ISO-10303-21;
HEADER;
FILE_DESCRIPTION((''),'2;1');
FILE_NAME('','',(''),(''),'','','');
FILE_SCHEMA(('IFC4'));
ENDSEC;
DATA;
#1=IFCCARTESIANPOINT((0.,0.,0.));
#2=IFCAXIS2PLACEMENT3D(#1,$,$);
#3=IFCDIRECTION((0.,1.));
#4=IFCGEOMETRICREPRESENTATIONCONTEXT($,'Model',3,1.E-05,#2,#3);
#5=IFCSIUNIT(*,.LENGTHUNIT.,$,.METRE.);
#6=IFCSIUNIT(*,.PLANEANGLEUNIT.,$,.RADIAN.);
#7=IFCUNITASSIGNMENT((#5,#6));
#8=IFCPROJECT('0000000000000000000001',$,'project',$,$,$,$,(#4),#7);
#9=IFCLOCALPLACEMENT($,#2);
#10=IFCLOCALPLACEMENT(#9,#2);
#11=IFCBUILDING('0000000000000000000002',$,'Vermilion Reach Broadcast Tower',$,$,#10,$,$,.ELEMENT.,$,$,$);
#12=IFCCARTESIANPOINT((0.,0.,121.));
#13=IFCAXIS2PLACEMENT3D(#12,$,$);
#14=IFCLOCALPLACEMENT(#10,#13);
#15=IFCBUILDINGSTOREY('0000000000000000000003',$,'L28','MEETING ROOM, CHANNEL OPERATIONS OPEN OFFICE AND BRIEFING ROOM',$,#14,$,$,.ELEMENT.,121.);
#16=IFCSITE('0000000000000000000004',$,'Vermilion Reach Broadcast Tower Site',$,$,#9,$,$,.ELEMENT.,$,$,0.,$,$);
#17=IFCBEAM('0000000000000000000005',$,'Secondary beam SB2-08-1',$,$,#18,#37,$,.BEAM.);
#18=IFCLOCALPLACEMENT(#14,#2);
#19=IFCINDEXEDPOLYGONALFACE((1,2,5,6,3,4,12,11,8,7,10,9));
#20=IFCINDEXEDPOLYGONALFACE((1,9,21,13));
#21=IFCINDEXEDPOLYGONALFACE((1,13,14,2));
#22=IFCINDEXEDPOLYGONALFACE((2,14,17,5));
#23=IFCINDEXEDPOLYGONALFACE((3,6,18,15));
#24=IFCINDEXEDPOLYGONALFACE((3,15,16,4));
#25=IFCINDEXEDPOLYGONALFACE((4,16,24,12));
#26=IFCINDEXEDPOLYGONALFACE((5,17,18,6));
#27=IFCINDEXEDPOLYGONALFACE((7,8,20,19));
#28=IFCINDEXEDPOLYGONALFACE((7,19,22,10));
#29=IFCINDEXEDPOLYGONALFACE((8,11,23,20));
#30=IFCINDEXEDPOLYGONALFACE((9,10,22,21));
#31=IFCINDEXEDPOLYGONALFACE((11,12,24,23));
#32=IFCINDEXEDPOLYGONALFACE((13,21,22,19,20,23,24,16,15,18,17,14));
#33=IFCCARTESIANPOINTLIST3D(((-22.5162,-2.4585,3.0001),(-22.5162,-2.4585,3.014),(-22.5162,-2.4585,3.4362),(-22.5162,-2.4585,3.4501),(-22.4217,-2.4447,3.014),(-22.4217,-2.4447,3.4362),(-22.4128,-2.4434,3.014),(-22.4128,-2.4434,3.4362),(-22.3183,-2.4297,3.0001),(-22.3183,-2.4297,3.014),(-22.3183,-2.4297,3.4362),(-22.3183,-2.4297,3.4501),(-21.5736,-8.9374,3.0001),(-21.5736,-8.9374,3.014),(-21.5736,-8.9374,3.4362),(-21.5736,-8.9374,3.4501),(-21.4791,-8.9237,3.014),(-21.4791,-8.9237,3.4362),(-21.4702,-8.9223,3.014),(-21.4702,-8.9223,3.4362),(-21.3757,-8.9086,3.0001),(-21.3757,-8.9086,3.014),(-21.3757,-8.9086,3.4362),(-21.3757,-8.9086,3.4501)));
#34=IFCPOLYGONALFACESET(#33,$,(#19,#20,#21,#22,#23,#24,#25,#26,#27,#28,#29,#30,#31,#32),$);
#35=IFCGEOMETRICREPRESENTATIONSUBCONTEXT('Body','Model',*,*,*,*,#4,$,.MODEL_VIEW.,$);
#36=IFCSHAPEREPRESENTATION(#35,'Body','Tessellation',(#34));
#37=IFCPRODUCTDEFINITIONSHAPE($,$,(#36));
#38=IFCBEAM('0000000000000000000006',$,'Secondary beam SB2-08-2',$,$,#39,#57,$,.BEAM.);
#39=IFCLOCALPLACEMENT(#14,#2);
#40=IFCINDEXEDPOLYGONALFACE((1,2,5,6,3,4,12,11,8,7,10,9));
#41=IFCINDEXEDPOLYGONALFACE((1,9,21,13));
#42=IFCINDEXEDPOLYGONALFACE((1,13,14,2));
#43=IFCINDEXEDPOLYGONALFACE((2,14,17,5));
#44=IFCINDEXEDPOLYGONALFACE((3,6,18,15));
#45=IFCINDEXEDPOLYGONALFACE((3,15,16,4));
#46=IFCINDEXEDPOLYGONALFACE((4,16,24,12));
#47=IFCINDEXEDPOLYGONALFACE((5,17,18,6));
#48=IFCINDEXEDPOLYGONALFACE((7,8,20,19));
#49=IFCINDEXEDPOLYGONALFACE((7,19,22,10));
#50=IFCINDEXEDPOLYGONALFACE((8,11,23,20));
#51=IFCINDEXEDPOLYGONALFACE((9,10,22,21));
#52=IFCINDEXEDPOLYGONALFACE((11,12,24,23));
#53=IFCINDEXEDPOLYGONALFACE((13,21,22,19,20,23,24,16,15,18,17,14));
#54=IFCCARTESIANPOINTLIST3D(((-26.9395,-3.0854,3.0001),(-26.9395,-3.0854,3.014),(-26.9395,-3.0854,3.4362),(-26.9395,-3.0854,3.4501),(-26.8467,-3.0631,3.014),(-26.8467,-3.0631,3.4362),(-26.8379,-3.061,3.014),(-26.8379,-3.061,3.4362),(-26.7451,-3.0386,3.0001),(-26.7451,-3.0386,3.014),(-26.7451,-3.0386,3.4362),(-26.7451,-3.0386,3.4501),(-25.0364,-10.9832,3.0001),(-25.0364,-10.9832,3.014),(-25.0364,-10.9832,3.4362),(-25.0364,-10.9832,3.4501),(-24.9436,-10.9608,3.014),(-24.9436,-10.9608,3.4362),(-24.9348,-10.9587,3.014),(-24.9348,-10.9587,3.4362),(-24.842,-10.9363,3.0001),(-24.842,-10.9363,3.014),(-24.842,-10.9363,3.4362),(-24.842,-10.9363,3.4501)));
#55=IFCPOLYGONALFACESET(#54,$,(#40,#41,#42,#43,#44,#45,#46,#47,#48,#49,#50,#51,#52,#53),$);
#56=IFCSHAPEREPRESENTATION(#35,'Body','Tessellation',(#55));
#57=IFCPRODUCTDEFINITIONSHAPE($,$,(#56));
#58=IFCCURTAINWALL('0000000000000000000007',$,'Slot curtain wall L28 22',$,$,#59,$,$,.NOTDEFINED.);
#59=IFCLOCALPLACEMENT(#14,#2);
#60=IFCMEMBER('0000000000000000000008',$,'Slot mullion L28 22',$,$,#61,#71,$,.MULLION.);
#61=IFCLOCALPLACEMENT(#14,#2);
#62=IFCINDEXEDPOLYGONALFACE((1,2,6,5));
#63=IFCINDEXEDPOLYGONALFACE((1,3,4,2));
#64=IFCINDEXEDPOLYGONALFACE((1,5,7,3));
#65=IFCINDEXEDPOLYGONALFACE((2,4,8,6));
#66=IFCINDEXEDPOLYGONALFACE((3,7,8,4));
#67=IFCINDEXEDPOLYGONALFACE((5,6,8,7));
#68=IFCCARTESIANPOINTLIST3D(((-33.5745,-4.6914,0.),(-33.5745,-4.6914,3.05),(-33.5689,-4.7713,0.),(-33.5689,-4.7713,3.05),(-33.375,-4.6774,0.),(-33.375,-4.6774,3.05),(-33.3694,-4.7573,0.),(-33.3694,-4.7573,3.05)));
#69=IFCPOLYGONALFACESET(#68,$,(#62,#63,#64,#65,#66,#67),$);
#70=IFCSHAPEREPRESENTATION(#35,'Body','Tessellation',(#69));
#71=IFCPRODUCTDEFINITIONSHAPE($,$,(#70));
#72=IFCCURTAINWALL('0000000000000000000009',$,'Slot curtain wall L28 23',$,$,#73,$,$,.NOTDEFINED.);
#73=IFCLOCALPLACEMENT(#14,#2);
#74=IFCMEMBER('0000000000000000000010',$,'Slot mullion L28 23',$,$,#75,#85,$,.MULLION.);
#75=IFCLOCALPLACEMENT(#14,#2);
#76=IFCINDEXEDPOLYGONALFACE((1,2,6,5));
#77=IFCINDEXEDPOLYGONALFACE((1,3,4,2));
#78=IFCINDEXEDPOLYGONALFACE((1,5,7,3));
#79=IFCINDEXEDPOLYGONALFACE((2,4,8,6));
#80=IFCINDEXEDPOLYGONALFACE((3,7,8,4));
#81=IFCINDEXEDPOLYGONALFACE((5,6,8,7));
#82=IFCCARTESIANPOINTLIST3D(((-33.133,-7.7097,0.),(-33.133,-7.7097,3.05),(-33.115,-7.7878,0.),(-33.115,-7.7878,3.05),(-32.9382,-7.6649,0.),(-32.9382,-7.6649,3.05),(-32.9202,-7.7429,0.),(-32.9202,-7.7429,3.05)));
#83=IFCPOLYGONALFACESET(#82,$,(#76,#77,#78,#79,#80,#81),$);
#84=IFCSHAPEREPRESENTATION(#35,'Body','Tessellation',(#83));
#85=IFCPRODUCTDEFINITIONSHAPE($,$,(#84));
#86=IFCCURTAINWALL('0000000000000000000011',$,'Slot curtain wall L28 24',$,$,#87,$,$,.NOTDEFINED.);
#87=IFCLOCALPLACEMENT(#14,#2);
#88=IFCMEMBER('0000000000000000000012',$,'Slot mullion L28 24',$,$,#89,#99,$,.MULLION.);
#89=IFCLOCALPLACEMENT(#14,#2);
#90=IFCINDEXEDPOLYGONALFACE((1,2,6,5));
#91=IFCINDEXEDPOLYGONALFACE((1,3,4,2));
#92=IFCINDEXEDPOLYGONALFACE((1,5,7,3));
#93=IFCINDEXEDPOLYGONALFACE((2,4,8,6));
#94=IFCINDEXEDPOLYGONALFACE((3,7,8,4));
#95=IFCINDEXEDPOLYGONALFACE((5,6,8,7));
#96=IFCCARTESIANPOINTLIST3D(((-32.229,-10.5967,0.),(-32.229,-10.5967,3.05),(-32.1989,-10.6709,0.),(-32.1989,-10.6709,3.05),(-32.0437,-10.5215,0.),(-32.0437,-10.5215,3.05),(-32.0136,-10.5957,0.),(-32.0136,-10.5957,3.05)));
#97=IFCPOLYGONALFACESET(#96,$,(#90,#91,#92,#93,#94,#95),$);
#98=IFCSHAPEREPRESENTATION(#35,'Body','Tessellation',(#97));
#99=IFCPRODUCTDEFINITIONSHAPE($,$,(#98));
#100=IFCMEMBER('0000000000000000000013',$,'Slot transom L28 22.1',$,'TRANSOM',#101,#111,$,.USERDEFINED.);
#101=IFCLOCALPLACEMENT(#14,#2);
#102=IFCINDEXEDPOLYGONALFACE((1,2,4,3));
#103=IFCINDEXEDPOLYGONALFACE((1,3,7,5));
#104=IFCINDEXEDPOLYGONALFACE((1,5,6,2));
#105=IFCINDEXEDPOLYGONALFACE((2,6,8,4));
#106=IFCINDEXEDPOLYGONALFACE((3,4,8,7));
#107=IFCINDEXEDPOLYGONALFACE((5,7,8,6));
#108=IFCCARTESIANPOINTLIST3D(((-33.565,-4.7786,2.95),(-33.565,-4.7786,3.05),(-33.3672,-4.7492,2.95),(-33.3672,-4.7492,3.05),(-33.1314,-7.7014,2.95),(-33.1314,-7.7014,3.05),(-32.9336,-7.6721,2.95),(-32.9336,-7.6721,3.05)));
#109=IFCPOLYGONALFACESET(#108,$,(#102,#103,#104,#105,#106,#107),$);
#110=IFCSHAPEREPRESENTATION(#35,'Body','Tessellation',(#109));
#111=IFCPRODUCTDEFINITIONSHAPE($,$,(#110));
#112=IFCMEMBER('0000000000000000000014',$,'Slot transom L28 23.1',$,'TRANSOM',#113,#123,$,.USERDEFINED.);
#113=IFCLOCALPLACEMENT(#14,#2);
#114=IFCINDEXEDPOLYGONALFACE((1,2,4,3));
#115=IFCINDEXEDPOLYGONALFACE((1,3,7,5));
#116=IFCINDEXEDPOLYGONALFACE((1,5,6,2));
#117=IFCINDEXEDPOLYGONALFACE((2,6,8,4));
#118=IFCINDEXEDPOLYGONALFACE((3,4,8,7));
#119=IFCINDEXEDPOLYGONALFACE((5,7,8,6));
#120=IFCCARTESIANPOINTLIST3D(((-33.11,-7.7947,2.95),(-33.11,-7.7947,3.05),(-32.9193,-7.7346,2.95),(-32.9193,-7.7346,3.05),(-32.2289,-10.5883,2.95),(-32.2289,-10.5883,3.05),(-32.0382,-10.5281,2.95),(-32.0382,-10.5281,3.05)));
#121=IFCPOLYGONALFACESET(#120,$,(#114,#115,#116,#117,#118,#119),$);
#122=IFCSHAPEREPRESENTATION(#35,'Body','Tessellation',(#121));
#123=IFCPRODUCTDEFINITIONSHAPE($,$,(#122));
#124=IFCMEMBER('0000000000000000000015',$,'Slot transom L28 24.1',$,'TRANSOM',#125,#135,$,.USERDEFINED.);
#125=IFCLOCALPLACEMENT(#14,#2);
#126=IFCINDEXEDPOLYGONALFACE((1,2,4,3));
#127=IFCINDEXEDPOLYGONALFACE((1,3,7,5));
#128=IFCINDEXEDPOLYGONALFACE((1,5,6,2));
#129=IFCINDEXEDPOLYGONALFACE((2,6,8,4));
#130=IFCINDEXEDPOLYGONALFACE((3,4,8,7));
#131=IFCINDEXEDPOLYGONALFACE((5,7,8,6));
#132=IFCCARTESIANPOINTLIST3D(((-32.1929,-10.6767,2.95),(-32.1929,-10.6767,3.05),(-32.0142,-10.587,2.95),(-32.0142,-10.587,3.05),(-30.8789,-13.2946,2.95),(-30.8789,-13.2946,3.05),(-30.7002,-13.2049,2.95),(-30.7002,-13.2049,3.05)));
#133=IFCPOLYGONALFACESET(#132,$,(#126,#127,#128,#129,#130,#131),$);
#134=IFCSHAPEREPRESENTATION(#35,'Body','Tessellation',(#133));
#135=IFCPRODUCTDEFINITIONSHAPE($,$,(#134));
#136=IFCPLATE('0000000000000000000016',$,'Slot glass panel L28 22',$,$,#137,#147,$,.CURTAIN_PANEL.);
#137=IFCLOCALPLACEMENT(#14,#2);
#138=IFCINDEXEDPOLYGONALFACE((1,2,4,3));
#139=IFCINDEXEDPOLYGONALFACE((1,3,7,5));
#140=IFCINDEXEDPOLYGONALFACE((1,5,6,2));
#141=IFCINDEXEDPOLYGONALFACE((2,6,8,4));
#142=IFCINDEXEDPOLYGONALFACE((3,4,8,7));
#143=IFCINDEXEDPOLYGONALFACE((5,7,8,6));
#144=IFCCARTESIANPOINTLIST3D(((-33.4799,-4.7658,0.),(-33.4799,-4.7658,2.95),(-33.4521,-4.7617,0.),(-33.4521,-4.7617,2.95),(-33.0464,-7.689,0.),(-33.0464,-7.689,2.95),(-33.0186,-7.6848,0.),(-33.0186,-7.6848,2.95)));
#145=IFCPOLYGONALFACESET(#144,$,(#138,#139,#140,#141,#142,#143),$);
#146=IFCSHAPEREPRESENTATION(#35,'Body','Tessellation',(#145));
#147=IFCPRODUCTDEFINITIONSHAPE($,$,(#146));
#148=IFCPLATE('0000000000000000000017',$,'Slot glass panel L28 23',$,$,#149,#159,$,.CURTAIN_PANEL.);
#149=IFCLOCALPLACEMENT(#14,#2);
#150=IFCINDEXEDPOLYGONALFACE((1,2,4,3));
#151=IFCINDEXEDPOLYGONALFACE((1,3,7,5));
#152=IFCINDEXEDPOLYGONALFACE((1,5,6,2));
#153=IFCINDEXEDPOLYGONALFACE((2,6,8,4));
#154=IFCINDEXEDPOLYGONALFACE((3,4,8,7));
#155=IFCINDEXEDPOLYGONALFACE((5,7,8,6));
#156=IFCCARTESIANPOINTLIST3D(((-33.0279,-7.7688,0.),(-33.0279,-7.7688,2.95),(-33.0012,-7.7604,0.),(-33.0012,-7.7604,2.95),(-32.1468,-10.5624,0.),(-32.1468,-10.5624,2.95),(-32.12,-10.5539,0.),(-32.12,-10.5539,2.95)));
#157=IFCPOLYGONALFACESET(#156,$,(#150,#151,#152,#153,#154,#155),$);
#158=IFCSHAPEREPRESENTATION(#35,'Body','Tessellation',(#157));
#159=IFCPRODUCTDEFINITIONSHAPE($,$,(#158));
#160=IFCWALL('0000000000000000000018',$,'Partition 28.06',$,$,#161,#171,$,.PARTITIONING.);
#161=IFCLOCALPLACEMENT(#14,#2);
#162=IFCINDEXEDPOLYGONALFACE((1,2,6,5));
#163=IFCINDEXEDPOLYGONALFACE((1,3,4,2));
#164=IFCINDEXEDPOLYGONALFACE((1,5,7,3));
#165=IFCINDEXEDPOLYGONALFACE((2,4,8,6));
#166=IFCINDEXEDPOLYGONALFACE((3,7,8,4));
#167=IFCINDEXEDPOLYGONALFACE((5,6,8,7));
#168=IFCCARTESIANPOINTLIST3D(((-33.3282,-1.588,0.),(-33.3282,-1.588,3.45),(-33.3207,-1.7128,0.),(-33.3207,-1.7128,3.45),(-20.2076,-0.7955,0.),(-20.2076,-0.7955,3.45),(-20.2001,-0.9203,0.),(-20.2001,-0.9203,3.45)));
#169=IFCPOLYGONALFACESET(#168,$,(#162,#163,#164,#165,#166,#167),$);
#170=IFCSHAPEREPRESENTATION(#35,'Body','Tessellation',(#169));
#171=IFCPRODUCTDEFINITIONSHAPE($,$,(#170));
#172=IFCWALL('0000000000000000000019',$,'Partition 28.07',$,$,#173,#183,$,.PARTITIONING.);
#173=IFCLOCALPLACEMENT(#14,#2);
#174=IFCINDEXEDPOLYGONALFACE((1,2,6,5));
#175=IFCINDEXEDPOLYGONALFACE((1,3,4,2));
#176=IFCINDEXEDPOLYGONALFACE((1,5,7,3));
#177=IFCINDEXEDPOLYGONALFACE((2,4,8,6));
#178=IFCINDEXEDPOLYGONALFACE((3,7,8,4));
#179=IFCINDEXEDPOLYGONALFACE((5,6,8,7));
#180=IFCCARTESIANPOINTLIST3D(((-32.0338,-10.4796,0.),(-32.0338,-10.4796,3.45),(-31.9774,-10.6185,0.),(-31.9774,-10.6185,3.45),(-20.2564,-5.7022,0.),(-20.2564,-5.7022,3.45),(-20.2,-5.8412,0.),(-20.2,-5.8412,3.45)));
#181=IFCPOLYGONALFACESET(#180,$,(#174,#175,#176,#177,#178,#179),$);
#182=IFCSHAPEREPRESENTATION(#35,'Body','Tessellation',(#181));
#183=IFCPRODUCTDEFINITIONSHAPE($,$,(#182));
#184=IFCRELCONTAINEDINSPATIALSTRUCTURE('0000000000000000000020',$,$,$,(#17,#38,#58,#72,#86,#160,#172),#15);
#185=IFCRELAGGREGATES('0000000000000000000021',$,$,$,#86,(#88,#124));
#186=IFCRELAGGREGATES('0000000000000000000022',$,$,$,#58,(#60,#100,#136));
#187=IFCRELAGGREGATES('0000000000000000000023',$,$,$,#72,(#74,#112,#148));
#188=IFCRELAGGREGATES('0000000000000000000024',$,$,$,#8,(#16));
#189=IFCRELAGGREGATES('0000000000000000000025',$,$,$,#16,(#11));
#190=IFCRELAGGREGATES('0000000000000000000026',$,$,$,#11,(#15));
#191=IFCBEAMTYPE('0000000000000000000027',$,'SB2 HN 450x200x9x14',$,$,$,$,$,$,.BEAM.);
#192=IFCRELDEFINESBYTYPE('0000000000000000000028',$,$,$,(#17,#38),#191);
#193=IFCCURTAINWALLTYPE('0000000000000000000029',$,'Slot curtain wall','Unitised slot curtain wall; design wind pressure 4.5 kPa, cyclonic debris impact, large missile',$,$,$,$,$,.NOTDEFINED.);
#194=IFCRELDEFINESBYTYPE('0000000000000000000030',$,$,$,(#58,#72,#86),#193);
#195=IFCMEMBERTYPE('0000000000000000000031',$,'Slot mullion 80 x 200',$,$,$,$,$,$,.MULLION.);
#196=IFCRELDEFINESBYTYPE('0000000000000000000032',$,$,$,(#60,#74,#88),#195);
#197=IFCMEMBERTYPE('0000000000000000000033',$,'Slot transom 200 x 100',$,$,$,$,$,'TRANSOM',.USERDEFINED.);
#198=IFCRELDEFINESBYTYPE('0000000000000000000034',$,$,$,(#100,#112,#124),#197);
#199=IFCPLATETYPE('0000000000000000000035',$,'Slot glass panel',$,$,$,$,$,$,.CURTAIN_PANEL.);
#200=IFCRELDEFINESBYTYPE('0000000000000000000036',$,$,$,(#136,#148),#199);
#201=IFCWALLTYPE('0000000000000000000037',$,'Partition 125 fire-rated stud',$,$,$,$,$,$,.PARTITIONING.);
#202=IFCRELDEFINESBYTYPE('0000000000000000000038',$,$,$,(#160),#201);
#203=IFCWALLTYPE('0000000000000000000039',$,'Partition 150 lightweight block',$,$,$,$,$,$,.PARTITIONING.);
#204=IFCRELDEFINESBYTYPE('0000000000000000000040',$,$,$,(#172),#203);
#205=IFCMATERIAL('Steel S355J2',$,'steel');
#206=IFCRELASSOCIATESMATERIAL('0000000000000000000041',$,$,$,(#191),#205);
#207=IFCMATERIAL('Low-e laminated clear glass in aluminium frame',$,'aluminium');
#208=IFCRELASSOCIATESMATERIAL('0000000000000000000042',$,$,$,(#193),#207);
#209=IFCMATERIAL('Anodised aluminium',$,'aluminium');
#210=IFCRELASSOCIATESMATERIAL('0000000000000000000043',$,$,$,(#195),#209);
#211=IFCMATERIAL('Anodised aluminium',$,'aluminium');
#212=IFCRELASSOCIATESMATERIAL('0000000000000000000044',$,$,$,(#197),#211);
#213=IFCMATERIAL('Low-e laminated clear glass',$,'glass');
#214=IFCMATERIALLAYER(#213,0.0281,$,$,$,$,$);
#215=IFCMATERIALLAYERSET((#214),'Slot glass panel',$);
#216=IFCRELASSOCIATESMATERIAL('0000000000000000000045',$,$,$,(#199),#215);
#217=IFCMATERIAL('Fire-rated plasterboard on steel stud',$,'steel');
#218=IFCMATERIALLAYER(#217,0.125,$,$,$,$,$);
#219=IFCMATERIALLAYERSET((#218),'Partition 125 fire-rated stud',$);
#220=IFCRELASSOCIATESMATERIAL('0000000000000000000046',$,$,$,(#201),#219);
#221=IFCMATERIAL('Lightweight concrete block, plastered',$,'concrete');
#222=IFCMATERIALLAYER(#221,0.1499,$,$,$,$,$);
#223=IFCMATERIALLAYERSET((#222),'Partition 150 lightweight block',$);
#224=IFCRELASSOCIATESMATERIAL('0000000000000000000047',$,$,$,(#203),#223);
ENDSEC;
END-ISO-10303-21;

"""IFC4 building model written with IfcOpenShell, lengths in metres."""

from ifc_helpers import new_model, si_unit, direction, frame, frame_2d, origin, origin_2d, place, context, subcontext, project, spatial, rectangle, i_section, extrude, material, layer, layer_set, material_profile, profile_set, type_object, element, aggregate, save


model = new_model("IFC4")

# Units and contexts
model_context = context("Model", 3, precision=1e-05, world=origin(), true_north=direction((0.0, 1.0)))
body_context = subcontext(model_context, "Body", "Model", "MODEL_VIEW")
ifc_project = project(units=[si_unit("LENGTHUNIT", "METRE"), si_unit("PLANEANGLEUNIT", "RADIAN")], contexts=[model_context])

# Site, building, storey
site_placement = place(None, origin())
site = spatial("IfcSite", under=ifc_project, at=site_placement, Name="Vermilion Reach Broadcast Tower Site", CompositionType="ELEMENT", RefElevation=0.0)
building_placement = place(site_placement, origin())
building = spatial("IfcBuilding", under=site, at=building_placement, Name="Vermilion Reach Broadcast Tower", CompositionType="ELEMENT")
storey_placement = place(building_placement, frame((0.0, 0.0, 121.0)))
storey = spatial("IfcBuildingStorey", under=building, at=storey_placement, Name="L28", Description="MEETING ROOM, CHANNEL OPERATIONS OPEN OFFICE AND BRIEFING ROOM", CompositionType="ELEMENT", Elevation=121.0)

# Beams
ifc_material_1 = material(Name="Steel S355J2", Category="steel")
ifc_material_profile_1 = material_profile(ifc_material_1, i_section(OverallWidth=0.2, OverallDepth=0.45, WebThickness=0.009, FlangeThickness=0.0139, at=origin_2d()), Name="S355J2 HN 450x200x9x14")
ifc_profile_set_1 = profile_set([ifc_material_profile_1], Name="Steel S355J2")
beam_type_1 = type_object("IfcBeamType", Name="SB2 HN 450x200x9x14", PredefinedType="BEAM", material=ifc_profile_set_1)
beam_1_placement = place(storey_placement, frame((-22.4172, -2.4441, 3.2251), z_axis=(0.143974, -0.989582, 0.0), x_axis=(0.989582, 0.143974, 0.0)))
element("IfcBeam", 1, at=beam_1_placement, inside=storey, type_object=beam_type_1, Name="Secondary beam SB2-08-1", PredefinedType="BEAM", context=body_context, shape_type="SweptSolid", body=[
    extrude(i_section(OverallWidth=0.2, OverallDepth=0.45, WebThickness=0.009, FlangeThickness=0.0139, at=origin_2d()), origin(), (0.0, 0.0, 1.0), 6.5471),
])
beam_2_placement = place(storey_placement, frame((-26.8423, -3.062, 3.2251), z_axis=(0.234261, -0.972174, 0.0), x_axis=(0.972174, 0.234261, 0.0)))
element("IfcBeam", 2, at=beam_2_placement, inside=storey, type_object=beam_type_1, Name="Secondary beam SB2-08-2", PredefinedType="BEAM", context=body_context, shape_type="SweptSolid", body=[
    extrude(i_section(OverallWidth=0.2, OverallDepth=0.45, WebThickness=0.009, FlangeThickness=0.0139, at=origin_2d()), origin(), (0.0, 0.0, 1.0), 8.1238),
])

# Curtain walls, members
ifc_material_2 = material(Name="Low-e laminated clear glass in aluminium frame", Category="aluminium")
curtain_wall_type = type_object("IfcCurtainWallType", Name="Slot curtain wall", Description="Unitised slot curtain wall; design wind pressure 4.5 kPa, cyclonic debris impact, large missile", PredefinedType="NOTDEFINED", material=ifc_material_2)
placement = place(storey_placement, origin())
curtain_wall_1 = element("IfcCurtainWall", 3, at=placement, inside=storey, type_object=curtain_wall_type, Name="Slot curtain wall L28 22", PredefinedType="NOTDEFINED")
ifc_material_3 = material(Name="Anodised aluminium", Category="aluminium")
ifc_material_profile_2 = material_profile(ifc_material_3, rectangle(XDim=0.2, YDim=0.0801, at=origin_2d()), Name="Slot mullion 80 x 200")
ifc_profile_set_2 = profile_set([ifc_material_profile_2], Name="Anodised aluminium")
member_type_1 = type_object("IfcMemberType", Name="Slot mullion 80 x 200", PredefinedType="MULLION", material=ifc_profile_set_2)
member_1_placement = place(storey_placement, frame((-33.4719, -4.7244, 0.0), z_axis=(0.0, 0.0, 1.0), x_axis=(0.997556, 0.069871, 0.0)))
member_1 = element("IfcMember", 4, at=member_1_placement, type_object=member_type_1, Name="Slot mullion L28 22", PredefinedType="MULLION", context=body_context, shape_type="SweptSolid", body=[
    extrude(rectangle(XDim=0.2, YDim=0.0801, at=origin_2d()), origin(), (0.0, 0.0, 1.0), 3.05),
])
curtain_wall_2 = element("IfcCurtainWall", 5, at=placement, inside=storey, type_object=curtain_wall_type, Name="Slot curtain wall L28 23", PredefinedType="NOTDEFINED")
member_2_placement = place(storey_placement, frame((-33.0266, -7.7263, 0.0), z_axis=(0.0, 0.0, 1.0), x_axis=(0.974483, 0.22446, 0.0)))
member_2 = element("IfcMember", 6, at=member_2_placement, type_object=member_type_1, Name="Slot mullion L28 23", PredefinedType="MULLION", context=body_context, shape_type="SweptSolid", body=[
    extrude(rectangle(XDim=0.2, YDim=0.0801, at=origin_2d()), origin(), (0.0, 0.0, 1.0), 3.05),
])
curtain_wall_3 = element("IfcCurtainWall", 7, at=placement, inside=storey, type_object=curtain_wall_type, Name="Slot curtain wall L28 24", PredefinedType="NOTDEFINED")
member_3_placement = place(storey_placement, frame((-32.1213, -10.5962, 0.0), z_axis=(0.0, 0.0, 1.0), x_axis=(0.92666, 0.375901, 0.0)))
member_3 = element("IfcMember", 8, at=member_3_placement, type_object=member_type_1, Name="Slot mullion L28 24", PredefinedType="MULLION", context=body_context, shape_type="SweptSolid", body=[
    extrude(rectangle(XDim=0.2, YDim=0.0801, at=origin_2d()), origin(), (0.0, 0.0, 1.0), 3.05),
])

# Members
ifc_material_4 = material(Name="Anodised aluminium", Category="aluminium")
ifc_material_profile_3 = material_profile(ifc_material_4, rectangle(XDim=0.2, YDim=0.1001, at=origin_2d()), Name="Slot transom 200 x 100")
ifc_profile_set_3 = profile_set([ifc_material_profile_3], Name="Anodised aluminium")
member_type_2 = type_object("IfcMemberType", Name="Slot transom 200 x 100", ElementType="TRANSOM", PredefinedType="USERDEFINED", material=ifc_profile_set_3)
member_4_placement = place(storey_placement, frame((-33.4661, -4.7639, 3.0), z_axis=(0.14674, -0.989175, 0.0), x_axis=(0.989175, 0.14674, 0.0)))
member_4 = element("IfcMember", 9, at=member_4_placement, type_object=member_type_2, Name="Slot transom L28 22.1", ObjectType="TRANSOM", PredefinedType="USERDEFINED", context=body_context, shape_type="SweptSolid", body=[
    extrude(rectangle(XDim=0.2, YDim=0.1001, at=origin_2d()), origin(), (0.0, 0.0, 1.0), 2.9548),
])
member_5_placement = place(storey_placement, frame((-33.0146, -7.7646, 3.0), z_axis=(0.300808, -0.953685, 0.0), x_axis=(0.953685, 0.300808, 0.0)))
member_5 = element("IfcMember", 10, at=member_5_placement, type_object=member_type_2, Name="Slot transom L28 23.1", ObjectType="TRANSOM", PredefinedType="USERDEFINED", context=body_context, shape_type="SweptSolid", body=[
    extrude(rectangle(XDim=0.2, YDim=0.1001, at=origin_2d()), origin(), (0.0, 0.0, 1.0), 2.9292),
])
member_6_placement = place(storey_placement, frame((-32.1035, -10.6318, 3.0), z_axis=(0.44858, -0.893743, 0.0), x_axis=(0.893743, 0.44858, 0.0)))
member_6 = element("IfcMember", 11, at=member_6_placement, type_object=member_type_2, Name="Slot transom L28 24.1", ObjectType="TRANSOM", PredefinedType="USERDEFINED", context=body_context, shape_type="SweptSolid", body=[
    extrude(rectangle(XDim=0.2, YDim=0.1001, at=origin_2d()), origin(), (0.0, 0.0, 1.0), 2.9292),
])
aggregate(curtain_wall_3, [member_3, member_6])

# Plates
ifc_material_5 = material(Name="Low-e laminated clear glass", Category="glass")
ifc_layer_1 = layer(ifc_material_5, 0.0281)
ifc_layer_set_1 = layer_set([ifc_layer_1], Name="Slot glass panel")
plate_type = type_object("IfcPlateType", Name="Slot glass panel", PredefinedType="CURTAIN_PANEL", material=ifc_layer_set_1)
plate_1_placement = place(storey_placement, frame((-33.2493, -6.2253, 0.0), z_axis=(0.0, 0.0, 1.0), x_axis=(0.146695, -0.989182, 0.0)))
plate_1 = element("IfcPlate", 12, at=plate_1_placement, type_object=plate_type, Name="Slot glass panel L28 22", PredefinedType="CURTAIN_PANEL", context=body_context, shape_type="SweptSolid", body=[
    extrude(rectangle(XDim=2.9551, YDim=0.0281, at=origin_2d()), origin(), (0.0, 0.0, 1.0), 2.95),
])
aggregate(curtain_wall_1, [member_1, member_4, plate_1])
plate_2_placement = place(storey_placement, frame((-32.574, -9.1614, 0.0), z_axis=(0.0, 0.0, 1.0), x_axis=(0.300819, -0.953681, 0.0)))
plate_2 = element("IfcPlate", 13, at=plate_2_placement, type_object=plate_type, Name="Slot glass panel L28 23", PredefinedType="CURTAIN_PANEL", context=body_context, shape_type="SweptSolid", body=[
    extrude(rectangle(XDim=2.9292, YDim=0.0281, at=origin_2d()), origin(), (0.0, 0.0, 1.0), 2.95),
])
aggregate(curtain_wall_2, [member_2, member_5, plate_2])

# Walls
ifc_material_6 = material(Name="Fire-rated plasterboard on steel stud", Category="steel")
ifc_layer_2 = layer(ifc_material_6, 0.125)
ifc_layer_set_2 = layer_set([ifc_layer_2], Name="Partition 125 fire-rated stud")
wall_type_1 = type_object("IfcWallType", Name="Partition 125 fire-rated stud", PredefinedType="PARTITIONING", material=ifc_layer_set_2)
wall_1_placement = place(storey_placement, frame((-33.3245, -1.6504, 0.0), z_axis=(0.0, 0.0, 1.0), x_axis=(0.998181, 0.06029, 0.0)))
element("IfcWall", 14, at=wall_1_placement, inside=storey, type_object=wall_type_1, Name="Partition 28.06", PredefinedType="PARTITIONING", context=body_context, shape_type="SweptSolid", body=[
    extrude(rectangle(XDim=13.1445, YDim=0.125, at=frame_2d((6.5723, 0.0))), origin(), (0.0, 0.0, 1.0), 3.45),
])
ifc_material_7 = material(Name="Lightweight concrete block, plastered", Category="concrete")
ifc_layer_3 = layer(ifc_material_7, 0.1499)
ifc_layer_set_3 = layer_set([ifc_layer_3], Name="Partition 150 lightweight block")
wall_type_2 = type_object("IfcWallType", Name="Partition 150 lightweight block", PredefinedType="PARTITIONING", material=ifc_layer_set_3)
wall_2_placement = place(storey_placement, frame((-32.0056, -10.5491, 0.0), z_axis=(0.0, 0.0, 1.0), x_axis=(0.926664, 0.375891, 0.0)))
element("IfcWall", 15, at=wall_2_placement, inside=storey, type_object=wall_type_2, Name="Partition 28.07", PredefinedType="PARTITIONING", context=body_context, shape_type="SweptSolid", body=[
    extrude(rectangle(XDim=12.7095, YDim=0.1499, at=frame_2d((6.3547, 0.0))), origin(), (0.0, 0.0, 1.0), 3.45),
])

save(model, "model.ifc")
